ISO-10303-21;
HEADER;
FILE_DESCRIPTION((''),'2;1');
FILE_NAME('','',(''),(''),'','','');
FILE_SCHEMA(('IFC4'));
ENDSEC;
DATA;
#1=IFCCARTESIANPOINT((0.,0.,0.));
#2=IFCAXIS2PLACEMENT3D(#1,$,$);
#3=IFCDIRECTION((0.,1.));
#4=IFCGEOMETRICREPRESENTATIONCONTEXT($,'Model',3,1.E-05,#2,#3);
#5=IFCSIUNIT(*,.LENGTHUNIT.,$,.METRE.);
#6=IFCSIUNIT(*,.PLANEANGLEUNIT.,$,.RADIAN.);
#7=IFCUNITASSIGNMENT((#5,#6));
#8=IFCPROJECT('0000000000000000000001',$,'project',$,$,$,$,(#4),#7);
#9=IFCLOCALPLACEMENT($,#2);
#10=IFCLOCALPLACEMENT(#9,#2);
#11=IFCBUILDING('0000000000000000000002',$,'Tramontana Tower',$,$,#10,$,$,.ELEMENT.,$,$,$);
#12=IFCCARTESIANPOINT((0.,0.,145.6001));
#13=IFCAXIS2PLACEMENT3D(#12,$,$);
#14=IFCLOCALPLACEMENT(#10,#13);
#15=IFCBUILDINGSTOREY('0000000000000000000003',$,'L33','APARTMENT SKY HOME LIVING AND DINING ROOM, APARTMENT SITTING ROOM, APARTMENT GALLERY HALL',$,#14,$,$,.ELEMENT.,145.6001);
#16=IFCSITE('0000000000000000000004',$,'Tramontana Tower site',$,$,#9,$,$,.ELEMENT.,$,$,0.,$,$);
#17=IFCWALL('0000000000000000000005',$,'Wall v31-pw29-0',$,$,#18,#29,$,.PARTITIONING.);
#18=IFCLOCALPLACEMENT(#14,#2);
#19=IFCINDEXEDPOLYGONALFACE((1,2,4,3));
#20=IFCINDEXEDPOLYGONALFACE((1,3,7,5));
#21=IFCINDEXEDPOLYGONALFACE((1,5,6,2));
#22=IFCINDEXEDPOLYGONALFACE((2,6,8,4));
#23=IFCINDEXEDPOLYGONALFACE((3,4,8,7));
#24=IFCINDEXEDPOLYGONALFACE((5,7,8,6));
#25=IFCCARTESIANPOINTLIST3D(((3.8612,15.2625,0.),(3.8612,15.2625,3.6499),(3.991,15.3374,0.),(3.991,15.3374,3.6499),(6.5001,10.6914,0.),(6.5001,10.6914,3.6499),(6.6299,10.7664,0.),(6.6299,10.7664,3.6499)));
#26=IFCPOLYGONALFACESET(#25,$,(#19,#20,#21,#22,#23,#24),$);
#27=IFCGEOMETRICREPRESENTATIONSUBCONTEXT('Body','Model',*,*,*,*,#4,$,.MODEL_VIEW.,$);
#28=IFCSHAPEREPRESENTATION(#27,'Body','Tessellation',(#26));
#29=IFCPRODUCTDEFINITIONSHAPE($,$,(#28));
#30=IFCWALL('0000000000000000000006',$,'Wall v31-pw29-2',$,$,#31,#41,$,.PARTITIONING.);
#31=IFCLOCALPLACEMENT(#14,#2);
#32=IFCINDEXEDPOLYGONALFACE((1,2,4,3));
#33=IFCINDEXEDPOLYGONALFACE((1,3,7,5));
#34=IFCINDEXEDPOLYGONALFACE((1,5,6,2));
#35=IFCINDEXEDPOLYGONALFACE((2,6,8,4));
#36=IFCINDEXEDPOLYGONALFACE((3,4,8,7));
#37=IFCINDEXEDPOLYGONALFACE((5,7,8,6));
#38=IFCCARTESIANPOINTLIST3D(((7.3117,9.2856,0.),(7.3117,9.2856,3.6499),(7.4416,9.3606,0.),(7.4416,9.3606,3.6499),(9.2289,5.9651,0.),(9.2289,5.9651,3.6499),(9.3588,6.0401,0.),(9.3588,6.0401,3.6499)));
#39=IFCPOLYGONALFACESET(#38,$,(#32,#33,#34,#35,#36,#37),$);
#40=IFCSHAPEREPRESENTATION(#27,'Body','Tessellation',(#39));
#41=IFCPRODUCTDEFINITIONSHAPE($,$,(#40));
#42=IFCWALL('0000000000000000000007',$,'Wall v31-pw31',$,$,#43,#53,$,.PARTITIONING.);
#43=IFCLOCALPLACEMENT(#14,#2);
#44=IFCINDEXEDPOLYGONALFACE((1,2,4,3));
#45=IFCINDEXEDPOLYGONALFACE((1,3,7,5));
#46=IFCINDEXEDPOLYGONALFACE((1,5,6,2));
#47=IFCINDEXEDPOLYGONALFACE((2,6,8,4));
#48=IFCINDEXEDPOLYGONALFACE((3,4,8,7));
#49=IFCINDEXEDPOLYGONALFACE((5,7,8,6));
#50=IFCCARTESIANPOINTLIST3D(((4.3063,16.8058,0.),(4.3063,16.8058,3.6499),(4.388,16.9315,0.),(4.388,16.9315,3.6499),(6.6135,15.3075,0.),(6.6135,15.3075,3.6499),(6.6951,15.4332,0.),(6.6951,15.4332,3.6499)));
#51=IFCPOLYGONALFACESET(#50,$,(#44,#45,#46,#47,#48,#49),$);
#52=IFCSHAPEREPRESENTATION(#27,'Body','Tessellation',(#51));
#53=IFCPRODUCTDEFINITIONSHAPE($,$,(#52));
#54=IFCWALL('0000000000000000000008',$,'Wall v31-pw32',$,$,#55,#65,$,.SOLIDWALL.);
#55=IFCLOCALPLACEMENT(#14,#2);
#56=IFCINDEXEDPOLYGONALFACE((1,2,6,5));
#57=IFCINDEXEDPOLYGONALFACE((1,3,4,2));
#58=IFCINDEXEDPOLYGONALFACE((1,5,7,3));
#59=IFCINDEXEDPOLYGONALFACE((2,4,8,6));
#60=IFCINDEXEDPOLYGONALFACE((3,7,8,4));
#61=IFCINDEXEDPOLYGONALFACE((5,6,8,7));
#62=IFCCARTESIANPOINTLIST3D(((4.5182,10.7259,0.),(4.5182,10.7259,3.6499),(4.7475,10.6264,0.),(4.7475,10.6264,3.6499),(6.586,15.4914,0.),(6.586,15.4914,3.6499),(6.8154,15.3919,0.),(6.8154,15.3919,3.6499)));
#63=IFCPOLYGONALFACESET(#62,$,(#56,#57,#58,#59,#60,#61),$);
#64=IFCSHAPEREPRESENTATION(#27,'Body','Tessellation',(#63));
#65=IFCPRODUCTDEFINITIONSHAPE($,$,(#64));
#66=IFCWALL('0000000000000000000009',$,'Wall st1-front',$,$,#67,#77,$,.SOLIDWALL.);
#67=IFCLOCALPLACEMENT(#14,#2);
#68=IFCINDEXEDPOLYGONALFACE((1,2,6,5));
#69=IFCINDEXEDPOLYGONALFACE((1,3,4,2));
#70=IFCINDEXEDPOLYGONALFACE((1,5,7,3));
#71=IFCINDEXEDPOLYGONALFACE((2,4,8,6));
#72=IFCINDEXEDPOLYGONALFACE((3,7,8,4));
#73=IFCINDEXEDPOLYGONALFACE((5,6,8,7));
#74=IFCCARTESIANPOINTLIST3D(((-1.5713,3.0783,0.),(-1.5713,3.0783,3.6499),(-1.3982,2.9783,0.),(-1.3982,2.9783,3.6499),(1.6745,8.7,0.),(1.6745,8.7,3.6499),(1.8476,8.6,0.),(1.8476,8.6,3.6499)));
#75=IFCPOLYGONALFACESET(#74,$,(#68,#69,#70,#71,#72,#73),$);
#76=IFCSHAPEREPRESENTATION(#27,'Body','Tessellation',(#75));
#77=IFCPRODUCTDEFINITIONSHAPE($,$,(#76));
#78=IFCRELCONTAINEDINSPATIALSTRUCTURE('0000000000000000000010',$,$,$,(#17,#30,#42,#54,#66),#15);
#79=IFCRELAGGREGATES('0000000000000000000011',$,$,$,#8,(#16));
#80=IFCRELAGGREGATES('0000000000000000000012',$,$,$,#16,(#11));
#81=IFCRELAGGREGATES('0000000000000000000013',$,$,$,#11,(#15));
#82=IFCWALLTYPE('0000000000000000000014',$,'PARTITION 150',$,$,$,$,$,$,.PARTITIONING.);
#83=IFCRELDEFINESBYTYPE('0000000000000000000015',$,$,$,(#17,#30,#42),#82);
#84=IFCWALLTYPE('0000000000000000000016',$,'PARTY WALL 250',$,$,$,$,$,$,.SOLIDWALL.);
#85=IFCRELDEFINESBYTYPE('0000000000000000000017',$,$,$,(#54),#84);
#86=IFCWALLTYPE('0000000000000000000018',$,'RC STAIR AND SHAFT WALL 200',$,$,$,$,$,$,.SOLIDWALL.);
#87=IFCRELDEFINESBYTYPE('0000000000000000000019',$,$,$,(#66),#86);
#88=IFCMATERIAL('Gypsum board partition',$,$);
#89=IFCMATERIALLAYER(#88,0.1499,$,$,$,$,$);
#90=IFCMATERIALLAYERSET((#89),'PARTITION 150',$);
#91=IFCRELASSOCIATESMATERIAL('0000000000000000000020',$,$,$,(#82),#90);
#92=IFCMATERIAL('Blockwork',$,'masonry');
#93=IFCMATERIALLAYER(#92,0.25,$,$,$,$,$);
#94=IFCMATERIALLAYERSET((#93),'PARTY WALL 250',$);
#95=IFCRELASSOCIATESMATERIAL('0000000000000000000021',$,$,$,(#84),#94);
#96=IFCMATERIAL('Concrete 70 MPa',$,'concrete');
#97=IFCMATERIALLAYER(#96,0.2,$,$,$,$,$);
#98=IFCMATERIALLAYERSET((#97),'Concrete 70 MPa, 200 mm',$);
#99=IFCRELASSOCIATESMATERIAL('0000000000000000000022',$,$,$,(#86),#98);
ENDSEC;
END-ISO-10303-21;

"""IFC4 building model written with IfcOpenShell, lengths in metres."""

from ifc_helpers import new_model, si_unit, direction, frame, frame_2d, origin, place, context, subcontext, project, spatial, rectangle, extrude, material, layer, layer_set, type_object, element, save


model = new_model("IFC4")

# Units and contexts
model_context = context("Model", 3, precision=1e-05, world=origin(), true_north=direction((0.0, 1.0)))
body_context = subcontext(model_context, "Body", "Model", "MODEL_VIEW")
ifc_project = project(units=[si_unit("LENGTHUNIT", "METRE"), si_unit("PLANEANGLEUNIT", "RADIAN")], contexts=[model_context])

# Site, building, storey
site_placement = place(None, origin())
site = spatial("IfcSite", under=ifc_project, at=site_placement, Name="Tramontana Tower site", CompositionType="ELEMENT", RefElevation=0.0)
building_placement = place(site_placement, origin())
building = spatial("IfcBuilding", under=site, at=building_placement, Name="Tramontana Tower", CompositionType="ELEMENT")
storey_placement = place(building_placement, frame((0.0, 0.0, 145.6001)))
storey = spatial("IfcBuildingStorey", under=building, at=storey_placement, Name="L33", Description="APARTMENT SKY HOME LIVING AND DINING ROOM, APARTMENT SITTING ROOM, APARTMENT GALLERY HALL", CompositionType="ELEMENT", Elevation=145.6001)

# Wall
ifc_material_1 = material(Name="Gypsum board partition")
ifc_layer_1 = layer(ifc_material_1, 0.1499)
ifc_layer_set_1 = layer_set([ifc_layer_1], Name="PARTITION 150")
wall_type_1 = type_object("IfcWallType", Name="PARTITION 150", PredefinedType="PARTITIONING", material=ifc_layer_set_1)
wall_1_placement = place(storey_placement, frame((3.926, 15.3, 0.0), z_axis=(0.0, 0.0, 1.0), x_axis=(0.499975, -0.86604, 0.0)))
element("IfcWall", 1, at=wall_1_placement, inside=storey, type_object=wall_type_1, Name="Wall v31-pw29-0", PredefinedType="PARTITIONING", context=body_context, shape_type="SweptSolid", body=[
    extrude(rectangle(XDim=5.2781, YDim=0.1499, at=frame_2d((2.6392, 0.0))), origin(), (0.0, 0.0, 1.0), 3.6499),
])

# Wall
wall_2_placement = place(storey_placement, frame((7.3767, 9.323, 0.0), z_axis=(0.0, 0.0, 1.0), x_axis=(0.500022, -0.866013, 0.0)))
element("IfcWall", 2, at=wall_2_placement, inside=storey, type_object=wall_type_1, Name="Wall v31-pw29-2", PredefinedType="PARTITIONING", context=body_context, shape_type="SweptSolid", body=[
    extrude(rectangle(XDim=3.8342, YDim=0.1499, at=frame_2d((1.917, 0.0))), origin(), (0.0, 0.0, 1.0), 3.6499),
])

# Walls
wall_3_placement = place(storey_placement, frame((4.3472, 16.8687, 0.0), z_axis=(0.0, 0.0, 1.0), x_axis=(0.838667, -0.544645, 0.0)))
element("IfcWall", 3, at=wall_3_placement, inside=storey, type_object=wall_type_1, Name="Wall v31-pw31", PredefinedType="PARTITIONING", context=body_context, shape_type="SweptSolid", body=[
    extrude(rectangle(XDim=2.751, YDim=0.1499, at=frame_2d((1.3755, 0.0))), origin(), (0.0, 0.0, 1.0), 3.6499),
])
ifc_material_2 = material(Name="Blockwork", Category="masonry")
ifc_layer_2 = layer(ifc_material_2, 0.25)
ifc_layer_set_2 = layer_set([ifc_layer_2], Name="PARTY WALL 250")
wall_type_2 = type_object("IfcWallType", Name="PARTY WALL 250", PredefinedType="SOLIDWALL", material=ifc_layer_set_2)
wall_4_placement = place(storey_placement, frame((6.7007, 15.4417, 0.0), z_axis=(0.0, 0.0, 1.0), x_axis=(-0.398056, -0.917361, 0.0)))
element("IfcWall", 4, at=wall_4_placement, inside=storey, type_object=wall_type_2, Name="Wall v31-pw32", PredefinedType="SOLIDWALL", context=body_context, shape_type="SweptSolid", body=[
    extrude(rectangle(XDim=5.1948, YDim=0.25, at=frame_2d((2.5974, 0.0))), origin(), (0.0, 0.0, 1.0), 3.6499),
])
ifc_material_3 = material(Name="Concrete 70 MPa", Category="concrete")
ifc_layer_3 = layer(ifc_material_3, 0.2)
ifc_layer_set_3 = layer_set([ifc_layer_3], Name="Concrete 70 MPa, 200 mm")
wall_type_3 = type_object("IfcWallType", Name="RC STAIR AND SHAFT WALL 200", PredefinedType="SOLIDWALL", material=ifc_layer_set_3)
wall_5_placement = place(storey_placement, frame((1.761, 8.6499, 0.0), z_axis=(0.0, 0.0, 1.0), x_axis=(-0.50001, -0.86602, 0.0)))
element("IfcWall", 5, at=wall_5_placement, inside=storey, type_object=wall_type_3, Name="Wall st1-front", PredefinedType="SOLIDWALL", context=body_context, shape_type="SweptSolid", body=[
    extrude(rectangle(XDim=6.4915, YDim=0.2, at=frame_2d((3.2456, 0.0))), origin(), (0.0, 0.0, 1.0), 3.6499),
])

save(model, "model.ifc")
